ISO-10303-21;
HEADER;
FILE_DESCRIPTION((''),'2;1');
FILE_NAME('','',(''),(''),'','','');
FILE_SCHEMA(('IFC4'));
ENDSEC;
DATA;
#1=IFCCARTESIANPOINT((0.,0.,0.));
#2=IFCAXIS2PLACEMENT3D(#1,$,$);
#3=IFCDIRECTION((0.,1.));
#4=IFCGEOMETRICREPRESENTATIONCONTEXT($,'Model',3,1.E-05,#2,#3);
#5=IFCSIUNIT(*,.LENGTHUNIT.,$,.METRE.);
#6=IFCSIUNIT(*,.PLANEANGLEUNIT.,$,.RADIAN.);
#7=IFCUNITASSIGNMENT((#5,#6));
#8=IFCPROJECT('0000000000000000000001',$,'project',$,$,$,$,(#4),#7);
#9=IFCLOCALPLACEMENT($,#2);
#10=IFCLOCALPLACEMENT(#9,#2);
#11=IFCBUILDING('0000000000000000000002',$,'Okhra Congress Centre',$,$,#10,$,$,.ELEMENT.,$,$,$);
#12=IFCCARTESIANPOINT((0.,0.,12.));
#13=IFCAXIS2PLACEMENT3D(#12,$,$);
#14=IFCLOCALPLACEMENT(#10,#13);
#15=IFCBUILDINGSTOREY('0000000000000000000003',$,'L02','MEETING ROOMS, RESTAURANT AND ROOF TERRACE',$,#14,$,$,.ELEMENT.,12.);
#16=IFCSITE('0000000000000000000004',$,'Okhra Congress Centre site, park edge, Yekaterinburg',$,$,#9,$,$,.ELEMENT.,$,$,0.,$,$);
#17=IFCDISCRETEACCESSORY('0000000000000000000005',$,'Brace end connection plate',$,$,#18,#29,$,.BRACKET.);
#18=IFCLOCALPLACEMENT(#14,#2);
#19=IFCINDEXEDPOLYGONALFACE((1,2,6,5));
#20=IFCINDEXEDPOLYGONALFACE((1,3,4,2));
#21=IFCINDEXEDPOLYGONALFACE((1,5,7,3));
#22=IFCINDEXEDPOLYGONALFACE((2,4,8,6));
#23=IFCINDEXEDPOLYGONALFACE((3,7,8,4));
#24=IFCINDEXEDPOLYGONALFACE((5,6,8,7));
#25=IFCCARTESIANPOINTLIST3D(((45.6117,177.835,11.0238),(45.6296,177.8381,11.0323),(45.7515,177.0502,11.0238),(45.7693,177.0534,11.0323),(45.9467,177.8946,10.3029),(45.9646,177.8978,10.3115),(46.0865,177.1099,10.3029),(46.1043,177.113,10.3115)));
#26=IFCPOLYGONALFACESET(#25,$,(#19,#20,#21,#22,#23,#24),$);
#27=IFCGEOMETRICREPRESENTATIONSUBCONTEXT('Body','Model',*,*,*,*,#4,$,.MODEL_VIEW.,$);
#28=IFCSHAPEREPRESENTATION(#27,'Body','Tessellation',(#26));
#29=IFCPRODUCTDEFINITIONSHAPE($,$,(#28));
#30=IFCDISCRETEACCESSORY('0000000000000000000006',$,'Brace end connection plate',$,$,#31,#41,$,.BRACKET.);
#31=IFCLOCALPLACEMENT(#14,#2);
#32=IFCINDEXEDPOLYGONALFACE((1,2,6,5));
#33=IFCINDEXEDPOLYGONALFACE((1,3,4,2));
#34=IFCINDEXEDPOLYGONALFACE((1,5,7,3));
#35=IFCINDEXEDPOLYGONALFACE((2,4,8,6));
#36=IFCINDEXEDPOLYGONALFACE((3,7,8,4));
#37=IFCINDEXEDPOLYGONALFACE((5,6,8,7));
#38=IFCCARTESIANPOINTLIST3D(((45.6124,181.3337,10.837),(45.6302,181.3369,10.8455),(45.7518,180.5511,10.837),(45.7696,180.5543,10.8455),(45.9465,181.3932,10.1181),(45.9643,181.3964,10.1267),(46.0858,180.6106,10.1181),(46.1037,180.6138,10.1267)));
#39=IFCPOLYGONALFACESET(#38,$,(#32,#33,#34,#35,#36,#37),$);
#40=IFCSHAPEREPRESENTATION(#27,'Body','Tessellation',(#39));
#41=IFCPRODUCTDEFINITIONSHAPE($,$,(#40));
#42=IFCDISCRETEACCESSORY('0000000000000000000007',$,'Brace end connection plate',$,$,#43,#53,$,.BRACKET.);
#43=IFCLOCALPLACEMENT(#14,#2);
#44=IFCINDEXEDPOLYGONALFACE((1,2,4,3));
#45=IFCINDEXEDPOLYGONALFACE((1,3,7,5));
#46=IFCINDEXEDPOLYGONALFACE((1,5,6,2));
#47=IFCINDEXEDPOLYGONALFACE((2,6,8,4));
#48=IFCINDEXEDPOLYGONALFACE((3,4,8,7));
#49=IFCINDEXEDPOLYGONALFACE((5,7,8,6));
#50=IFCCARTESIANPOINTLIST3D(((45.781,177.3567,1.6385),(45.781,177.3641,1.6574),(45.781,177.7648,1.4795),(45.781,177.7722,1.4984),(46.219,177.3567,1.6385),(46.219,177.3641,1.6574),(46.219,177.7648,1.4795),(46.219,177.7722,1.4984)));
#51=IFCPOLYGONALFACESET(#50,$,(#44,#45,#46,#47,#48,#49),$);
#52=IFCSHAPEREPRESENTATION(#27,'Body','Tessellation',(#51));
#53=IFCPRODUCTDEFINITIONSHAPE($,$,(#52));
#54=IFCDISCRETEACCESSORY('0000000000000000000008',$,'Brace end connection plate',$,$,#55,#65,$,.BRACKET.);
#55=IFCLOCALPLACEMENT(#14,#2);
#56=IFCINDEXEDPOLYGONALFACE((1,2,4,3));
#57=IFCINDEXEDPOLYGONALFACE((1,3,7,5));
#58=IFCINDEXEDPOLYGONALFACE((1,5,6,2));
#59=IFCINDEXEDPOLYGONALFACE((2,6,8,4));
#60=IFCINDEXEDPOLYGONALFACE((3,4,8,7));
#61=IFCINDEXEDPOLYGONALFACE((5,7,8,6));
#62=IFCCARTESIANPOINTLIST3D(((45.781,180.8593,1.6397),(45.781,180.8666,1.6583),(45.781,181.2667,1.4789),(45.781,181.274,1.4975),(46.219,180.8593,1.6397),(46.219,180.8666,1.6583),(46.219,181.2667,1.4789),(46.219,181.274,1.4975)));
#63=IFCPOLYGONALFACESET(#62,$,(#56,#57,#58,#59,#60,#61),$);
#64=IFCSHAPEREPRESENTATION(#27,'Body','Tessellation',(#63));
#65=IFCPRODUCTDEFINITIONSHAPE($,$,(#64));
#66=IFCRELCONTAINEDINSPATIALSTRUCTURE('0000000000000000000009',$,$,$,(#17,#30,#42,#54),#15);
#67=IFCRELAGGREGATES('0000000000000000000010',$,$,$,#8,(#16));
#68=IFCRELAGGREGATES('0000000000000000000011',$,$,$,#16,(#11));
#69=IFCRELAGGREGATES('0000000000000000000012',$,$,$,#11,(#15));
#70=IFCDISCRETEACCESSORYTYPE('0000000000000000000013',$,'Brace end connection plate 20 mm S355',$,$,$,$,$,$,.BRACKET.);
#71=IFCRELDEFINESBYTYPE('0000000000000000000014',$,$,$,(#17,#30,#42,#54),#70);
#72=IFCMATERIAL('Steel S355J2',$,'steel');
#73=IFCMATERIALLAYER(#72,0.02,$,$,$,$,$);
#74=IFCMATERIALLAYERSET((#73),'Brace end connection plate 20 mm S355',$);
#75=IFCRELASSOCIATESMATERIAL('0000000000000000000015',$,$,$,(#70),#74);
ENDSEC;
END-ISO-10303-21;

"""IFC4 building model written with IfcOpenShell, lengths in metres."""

from ifc_helpers import new_model, si_unit, direction, frame, origin, origin_2d, place, context, subcontext, project, spatial, rectangle, extrude, material, layer, layer_set, type_object, element, save


model = new_model("IFC4")

# Units and contexts
model_context = context("Model", 3, precision=1e-05, world=origin(), true_north=direction((0.0, 1.0)))
body_context = subcontext(model_context, "Body", "Model", "MODEL_VIEW")
ifc_project = project(units=[si_unit("LENGTHUNIT", "METRE"), si_unit("PLANEANGLEUNIT", "RADIAN")], contexts=[model_context])

# Site, building, storey
site_placement = place(None, origin())
site = spatial("IfcSite", under=ifc_project, at=site_placement, Name="Okhra Congress Centre site, park edge, Yekaterinburg", CompositionType="ELEMENT", RefElevation=0.0)
building_placement = place(site_placement, origin())
building = spatial("IfcBuilding", under=site, at=building_placement, Name="Okhra Congress Centre", CompositionType="ELEMENT")
storey_placement = place(building_placement, frame((0.0, 0.0, 12.0)))
storey = spatial("IfcBuildingStorey", under=building, at=storey_placement, Name="L02", Description="MEETING ROOMS, RESTAURANT AND ROOF TERRACE", CompositionType="ELEMENT", Elevation=12.0)

# Shared definitions
ifc_material_1 = material(Name="Steel S355J2", Category="steel")

# Discrete accessories
ifc_layer = layer(ifc_material_1, 0.02)
ifc_layer_set = layer_set([ifc_layer], Name="Brace end connection plate 20 mm S355")
discrete_accessory_type = type_object("IfcDiscreteAccessoryType", Name="Brace end connection plate 20 mm S355", PredefinedType="BRACKET", material=ifc_layer_set)
discrete_accessory_1_placement = place(storey_placement, frame((45.8491, 177.4724, 10.6633), z_axis=(0.89031, 0.158548, 0.426861), x_axis=(-0.175324, 0.984511, 0.0)))
element("IfcDiscreteAccessory", 1, at=discrete_accessory_1_placement, inside=storey, type_object=discrete_accessory_type, Name="Brace end connection plate", PredefinedType="BRACKET", context=body_context, shape_type="SweptSolid", body=[
    extrude(rectangle(XDim=0.7971, YDim=0.7971, at=origin_2d()), origin(), (0.0, 0.0, 1.0), 0.02),
])
discrete_accessory_2_placement = place(storey_placement, frame((45.8491, 180.9722, 10.4775), z_axis=(0.89031, 0.158548, 0.426861), x_axis=(-0.175324, 0.984511, 0.0)))
element("IfcDiscreteAccessory", 2, at=discrete_accessory_2_placement, inside=storey, type_object=discrete_accessory_type, Name="Brace end connection plate", PredefinedType="BRACKET", context=body_context, shape_type="SweptSolid", body=[
    extrude(rectangle(XDim=0.7949, YDim=0.7949, at=origin_2d()), origin(), (0.0, 0.0, 1.0), 0.02),
])
discrete_accessory_3_placement = place(storey_placement, frame((46.0, 177.5681, 1.5779), z_axis=(0.0, -0.36303, -0.931777), x_axis=(1.0, 0.0, 0.0)))
element("IfcDiscreteAccessory", 3, at=discrete_accessory_3_placement, inside=storey, type_object=discrete_accessory_type, Name="Brace end connection plate", PredefinedType="BRACKET", context=body_context, shape_type="SweptSolid", body=[
    extrude(rectangle(XDim=0.438, YDim=0.438, at=origin_2d()), origin(), (0.0, 0.0, 1.0), 0.0203),
])
discrete_accessory_4_placement = place(storey_placement, frame((46.0, 181.0703, 1.5779), z_axis=(0.0, -0.367167, -0.930155), x_axis=(1.0, 0.0, 0.0)))
element("IfcDiscreteAccessory", 4, at=discrete_accessory_4_placement, inside=storey, type_object=discrete_accessory_type, Name="Brace end connection plate", PredefinedType="BRACKET", context=body_context, shape_type="SweptSolid", body=[
    extrude(rectangle(XDim=0.438, YDim=0.438, at=origin_2d()), origin(), (0.0, 0.0, 1.0), 0.02),
])

save(model, "model.ifc")
